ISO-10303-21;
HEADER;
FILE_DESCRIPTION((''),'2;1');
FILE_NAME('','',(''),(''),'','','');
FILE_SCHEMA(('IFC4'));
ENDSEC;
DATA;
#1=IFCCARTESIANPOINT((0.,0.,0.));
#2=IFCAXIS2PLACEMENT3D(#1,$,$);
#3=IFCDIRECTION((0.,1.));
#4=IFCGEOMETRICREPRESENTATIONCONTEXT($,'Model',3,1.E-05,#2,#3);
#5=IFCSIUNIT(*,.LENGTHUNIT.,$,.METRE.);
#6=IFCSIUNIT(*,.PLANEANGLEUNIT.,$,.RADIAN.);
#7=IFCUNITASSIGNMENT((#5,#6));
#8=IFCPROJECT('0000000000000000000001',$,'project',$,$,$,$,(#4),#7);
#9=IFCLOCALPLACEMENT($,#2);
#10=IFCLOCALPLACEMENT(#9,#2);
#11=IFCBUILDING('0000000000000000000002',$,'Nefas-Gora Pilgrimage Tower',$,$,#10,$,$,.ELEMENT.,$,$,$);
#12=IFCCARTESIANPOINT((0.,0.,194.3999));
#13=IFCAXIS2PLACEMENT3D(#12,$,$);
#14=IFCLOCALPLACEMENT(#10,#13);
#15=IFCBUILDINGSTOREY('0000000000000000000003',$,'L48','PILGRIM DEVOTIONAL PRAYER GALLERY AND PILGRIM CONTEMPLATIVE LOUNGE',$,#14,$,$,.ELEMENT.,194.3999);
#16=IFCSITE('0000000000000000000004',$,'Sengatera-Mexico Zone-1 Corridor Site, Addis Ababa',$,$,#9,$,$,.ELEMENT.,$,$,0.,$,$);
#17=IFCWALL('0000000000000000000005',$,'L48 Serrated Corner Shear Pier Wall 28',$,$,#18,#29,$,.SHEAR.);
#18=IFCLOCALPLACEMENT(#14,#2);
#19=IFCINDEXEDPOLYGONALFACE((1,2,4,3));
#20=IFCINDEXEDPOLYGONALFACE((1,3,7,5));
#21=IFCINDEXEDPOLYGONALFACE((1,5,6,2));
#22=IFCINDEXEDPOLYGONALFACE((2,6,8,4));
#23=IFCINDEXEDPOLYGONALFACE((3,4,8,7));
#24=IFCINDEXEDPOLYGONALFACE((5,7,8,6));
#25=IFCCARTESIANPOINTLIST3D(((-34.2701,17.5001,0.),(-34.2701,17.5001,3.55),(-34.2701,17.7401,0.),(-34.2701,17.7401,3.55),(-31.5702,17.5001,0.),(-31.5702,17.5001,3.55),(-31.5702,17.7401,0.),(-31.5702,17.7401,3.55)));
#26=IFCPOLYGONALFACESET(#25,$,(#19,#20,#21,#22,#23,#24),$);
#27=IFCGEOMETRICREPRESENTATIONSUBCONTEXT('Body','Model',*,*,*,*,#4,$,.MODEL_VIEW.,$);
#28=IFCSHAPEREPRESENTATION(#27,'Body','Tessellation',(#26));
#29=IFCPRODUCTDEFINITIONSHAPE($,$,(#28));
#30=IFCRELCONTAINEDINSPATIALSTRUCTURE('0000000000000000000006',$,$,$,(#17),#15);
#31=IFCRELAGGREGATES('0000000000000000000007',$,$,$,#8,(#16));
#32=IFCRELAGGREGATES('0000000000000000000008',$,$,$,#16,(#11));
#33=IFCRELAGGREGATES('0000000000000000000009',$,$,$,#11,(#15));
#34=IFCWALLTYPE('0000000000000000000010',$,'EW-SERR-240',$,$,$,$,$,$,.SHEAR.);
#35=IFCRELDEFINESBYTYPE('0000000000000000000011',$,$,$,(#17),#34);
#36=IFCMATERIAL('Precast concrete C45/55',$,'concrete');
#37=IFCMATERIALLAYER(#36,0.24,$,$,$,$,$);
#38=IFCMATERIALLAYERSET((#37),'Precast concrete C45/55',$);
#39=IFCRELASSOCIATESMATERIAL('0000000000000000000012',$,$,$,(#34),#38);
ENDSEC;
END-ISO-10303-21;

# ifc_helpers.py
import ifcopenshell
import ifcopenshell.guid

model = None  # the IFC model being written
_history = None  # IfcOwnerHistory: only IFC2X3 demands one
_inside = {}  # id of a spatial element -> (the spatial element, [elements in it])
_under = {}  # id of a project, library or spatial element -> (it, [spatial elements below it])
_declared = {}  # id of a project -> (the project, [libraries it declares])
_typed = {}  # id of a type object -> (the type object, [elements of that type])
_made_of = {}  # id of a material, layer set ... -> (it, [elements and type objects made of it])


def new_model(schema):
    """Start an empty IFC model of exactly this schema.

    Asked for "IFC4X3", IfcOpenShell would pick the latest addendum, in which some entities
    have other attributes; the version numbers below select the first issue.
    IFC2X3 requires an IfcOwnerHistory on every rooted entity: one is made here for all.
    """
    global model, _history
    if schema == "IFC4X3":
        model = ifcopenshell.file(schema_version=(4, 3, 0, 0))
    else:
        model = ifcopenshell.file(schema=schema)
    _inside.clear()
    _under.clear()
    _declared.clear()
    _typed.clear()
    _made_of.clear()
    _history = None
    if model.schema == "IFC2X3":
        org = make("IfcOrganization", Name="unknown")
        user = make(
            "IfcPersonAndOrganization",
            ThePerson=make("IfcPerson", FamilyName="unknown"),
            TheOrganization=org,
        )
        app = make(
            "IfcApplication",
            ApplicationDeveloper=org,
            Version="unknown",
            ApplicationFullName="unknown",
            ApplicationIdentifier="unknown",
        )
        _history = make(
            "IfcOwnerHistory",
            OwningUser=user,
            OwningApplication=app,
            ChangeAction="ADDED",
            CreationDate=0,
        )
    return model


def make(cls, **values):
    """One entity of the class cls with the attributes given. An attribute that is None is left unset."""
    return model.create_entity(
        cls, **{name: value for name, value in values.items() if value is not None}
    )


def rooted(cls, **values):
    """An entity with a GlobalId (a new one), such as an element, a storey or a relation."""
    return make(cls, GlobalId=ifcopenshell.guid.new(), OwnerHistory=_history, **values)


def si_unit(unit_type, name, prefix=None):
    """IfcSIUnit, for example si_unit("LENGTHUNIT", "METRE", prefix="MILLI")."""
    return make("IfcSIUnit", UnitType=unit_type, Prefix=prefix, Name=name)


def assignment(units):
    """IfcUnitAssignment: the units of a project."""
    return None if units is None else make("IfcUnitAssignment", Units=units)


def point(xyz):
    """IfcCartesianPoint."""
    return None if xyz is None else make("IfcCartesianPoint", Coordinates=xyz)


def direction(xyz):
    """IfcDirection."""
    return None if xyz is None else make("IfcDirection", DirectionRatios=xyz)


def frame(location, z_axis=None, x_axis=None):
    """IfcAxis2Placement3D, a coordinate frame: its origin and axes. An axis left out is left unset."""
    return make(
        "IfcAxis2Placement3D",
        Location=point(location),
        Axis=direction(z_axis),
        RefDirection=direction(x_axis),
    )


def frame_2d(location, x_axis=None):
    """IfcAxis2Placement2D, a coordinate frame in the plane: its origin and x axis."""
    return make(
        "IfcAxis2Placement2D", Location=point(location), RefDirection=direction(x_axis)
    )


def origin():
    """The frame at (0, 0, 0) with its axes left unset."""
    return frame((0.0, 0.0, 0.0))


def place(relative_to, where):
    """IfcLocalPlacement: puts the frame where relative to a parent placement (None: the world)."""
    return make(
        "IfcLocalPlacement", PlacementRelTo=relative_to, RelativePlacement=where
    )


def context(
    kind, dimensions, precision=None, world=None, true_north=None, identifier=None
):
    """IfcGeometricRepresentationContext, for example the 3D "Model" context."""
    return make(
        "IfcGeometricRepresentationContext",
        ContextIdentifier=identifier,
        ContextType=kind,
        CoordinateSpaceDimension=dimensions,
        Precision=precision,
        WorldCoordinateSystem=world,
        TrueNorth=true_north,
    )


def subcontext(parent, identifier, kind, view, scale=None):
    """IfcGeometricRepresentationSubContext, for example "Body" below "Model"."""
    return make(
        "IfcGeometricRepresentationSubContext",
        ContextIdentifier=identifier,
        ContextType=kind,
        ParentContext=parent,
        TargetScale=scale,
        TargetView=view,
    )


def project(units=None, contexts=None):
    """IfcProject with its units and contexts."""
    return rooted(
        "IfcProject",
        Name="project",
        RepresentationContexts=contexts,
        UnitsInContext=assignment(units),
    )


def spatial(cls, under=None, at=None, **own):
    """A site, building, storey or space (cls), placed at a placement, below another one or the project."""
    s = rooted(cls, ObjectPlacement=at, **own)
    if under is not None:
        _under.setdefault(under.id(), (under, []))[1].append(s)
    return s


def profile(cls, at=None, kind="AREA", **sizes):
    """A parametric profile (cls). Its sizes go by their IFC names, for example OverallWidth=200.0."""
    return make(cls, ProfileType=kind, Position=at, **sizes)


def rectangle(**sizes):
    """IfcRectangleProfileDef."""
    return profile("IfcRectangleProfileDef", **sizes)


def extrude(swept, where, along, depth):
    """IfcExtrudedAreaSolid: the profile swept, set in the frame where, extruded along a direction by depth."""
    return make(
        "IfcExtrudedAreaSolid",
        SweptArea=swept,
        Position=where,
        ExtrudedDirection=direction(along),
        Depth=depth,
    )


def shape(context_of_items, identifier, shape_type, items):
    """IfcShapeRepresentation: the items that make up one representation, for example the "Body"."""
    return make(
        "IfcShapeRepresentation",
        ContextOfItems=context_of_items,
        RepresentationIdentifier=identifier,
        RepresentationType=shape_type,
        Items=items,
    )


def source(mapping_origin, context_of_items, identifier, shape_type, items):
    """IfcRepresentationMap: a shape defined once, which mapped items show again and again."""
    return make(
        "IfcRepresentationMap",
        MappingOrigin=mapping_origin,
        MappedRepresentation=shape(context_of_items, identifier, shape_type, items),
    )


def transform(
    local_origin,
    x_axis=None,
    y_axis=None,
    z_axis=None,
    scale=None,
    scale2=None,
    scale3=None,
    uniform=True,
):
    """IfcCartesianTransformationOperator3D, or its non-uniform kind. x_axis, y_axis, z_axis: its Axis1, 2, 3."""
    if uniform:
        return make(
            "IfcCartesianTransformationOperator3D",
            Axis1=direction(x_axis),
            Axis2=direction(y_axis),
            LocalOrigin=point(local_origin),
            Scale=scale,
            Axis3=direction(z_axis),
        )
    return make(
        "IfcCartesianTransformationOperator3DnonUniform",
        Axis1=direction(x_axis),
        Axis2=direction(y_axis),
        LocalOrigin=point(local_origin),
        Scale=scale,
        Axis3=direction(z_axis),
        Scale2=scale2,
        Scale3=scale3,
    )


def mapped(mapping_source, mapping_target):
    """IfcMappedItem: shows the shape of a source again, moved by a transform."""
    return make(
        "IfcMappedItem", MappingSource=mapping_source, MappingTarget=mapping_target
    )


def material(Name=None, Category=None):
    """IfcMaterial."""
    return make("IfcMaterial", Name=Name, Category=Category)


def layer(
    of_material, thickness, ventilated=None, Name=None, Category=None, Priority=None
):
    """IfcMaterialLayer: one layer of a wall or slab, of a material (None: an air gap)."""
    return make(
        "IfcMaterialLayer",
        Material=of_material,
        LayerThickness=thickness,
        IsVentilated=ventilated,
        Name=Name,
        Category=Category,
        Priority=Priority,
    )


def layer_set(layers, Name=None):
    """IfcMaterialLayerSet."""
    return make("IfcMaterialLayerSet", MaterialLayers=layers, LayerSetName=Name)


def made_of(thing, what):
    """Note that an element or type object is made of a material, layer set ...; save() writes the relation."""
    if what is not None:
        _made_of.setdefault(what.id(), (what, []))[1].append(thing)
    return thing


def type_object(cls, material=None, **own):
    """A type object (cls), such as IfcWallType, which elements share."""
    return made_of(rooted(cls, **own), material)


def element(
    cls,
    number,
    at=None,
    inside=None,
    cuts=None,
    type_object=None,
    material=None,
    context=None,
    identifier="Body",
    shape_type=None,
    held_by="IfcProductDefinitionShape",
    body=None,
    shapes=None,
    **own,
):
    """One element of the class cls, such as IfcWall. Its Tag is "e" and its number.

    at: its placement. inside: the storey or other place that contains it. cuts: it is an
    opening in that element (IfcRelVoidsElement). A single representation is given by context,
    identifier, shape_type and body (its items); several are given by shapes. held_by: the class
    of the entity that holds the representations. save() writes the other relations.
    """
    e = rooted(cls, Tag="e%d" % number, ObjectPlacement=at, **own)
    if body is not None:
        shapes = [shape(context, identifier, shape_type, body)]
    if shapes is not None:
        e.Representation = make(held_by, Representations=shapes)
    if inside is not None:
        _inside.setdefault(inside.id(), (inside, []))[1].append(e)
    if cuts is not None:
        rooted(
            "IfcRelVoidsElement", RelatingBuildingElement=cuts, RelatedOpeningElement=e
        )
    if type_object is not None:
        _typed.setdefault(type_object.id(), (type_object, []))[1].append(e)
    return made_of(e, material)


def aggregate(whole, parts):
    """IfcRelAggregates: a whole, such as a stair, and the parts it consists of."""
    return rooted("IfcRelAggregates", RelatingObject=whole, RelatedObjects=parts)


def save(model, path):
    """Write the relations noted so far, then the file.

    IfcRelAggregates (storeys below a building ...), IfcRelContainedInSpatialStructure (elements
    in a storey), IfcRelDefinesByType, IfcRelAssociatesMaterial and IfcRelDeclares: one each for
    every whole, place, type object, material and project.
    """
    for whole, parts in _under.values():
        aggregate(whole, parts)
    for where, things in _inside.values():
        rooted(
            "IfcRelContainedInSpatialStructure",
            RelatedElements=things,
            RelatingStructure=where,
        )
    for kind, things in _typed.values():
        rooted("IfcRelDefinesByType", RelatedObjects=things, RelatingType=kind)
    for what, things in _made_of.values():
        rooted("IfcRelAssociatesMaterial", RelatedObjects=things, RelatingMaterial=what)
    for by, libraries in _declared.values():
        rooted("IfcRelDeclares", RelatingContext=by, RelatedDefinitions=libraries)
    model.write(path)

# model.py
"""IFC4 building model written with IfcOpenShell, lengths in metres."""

from ifc_helpers import new_model, si_unit, direction, frame, frame_2d, origin, place, context, subcontext, project, spatial, rectangle, extrude, source, transform, mapped, material, layer, layer_set, type_object, element, save


model = new_model("IFC4")

# Units and contexts
model_context = context("Model", 3, precision=1e-05, world=origin(), true_north=direction((0.0, 1.0)))
body_context = subcontext(model_context, "Body", "Model", "MODEL_VIEW")
ifc_project = project(units=[si_unit("LENGTHUNIT", "METRE"), si_unit("PLANEANGLEUNIT", "RADIAN")], contexts=[model_context])

# Site, building, storey
site_placement = place(None, origin())
site = spatial("IfcSite", under=ifc_project, at=site_placement, Name="Sengatera-Mexico Zone-1 Corridor Site, Addis Ababa", CompositionType="ELEMENT", RefElevation=0.0)
building_placement = place(site_placement, origin())
building = spatial("IfcBuilding", under=site, at=building_placement, Name="Nefas-Gora Pilgrimage Tower", CompositionType="ELEMENT")
storey_placement = place(building_placement, frame((0.0, 0.0, 194.3999)))
storey = spatial("IfcBuildingStorey", under=building, at=storey_placement, Name="L48", Description="PILGRIM DEVOTIONAL PRAYER GALLERY AND PILGRIM CONTEMPLATIVE LOUNGE", CompositionType="ELEMENT", Elevation=194.3999)

# Shared definitions
ifc_material_1 = material(Name="Precast concrete C45/55", Category="concrete")
ifc_layer_1 = layer(ifc_material_1, 0.24)
ifc_layer_set_1 = layer_set([ifc_layer_1], Name="Precast concrete C45/55")
wall_type_1 = type_object("IfcWallType", Name="EW-SERR-240", PredefinedType="SHEAR", material=ifc_layer_set_1)
shared_shape_1 = source(origin(), body_context, "Body", "SweptSolid", [
    extrude(rectangle(XDim=2.7, YDim=0.24, at=frame_2d((1.3501, 0.0))), origin(), (0.0, 0.0, 1.0), 3.55),
])

# Wall
for number, where, z_axis, x_axis, name in (
    (1, (-31.5701, 17.6201, 0.0), (0.0, 0.0, 1.0), (-1.0, 0.0, 0.0), "L48 Serrated Corner Shear Pier Wall 28"),
):
    element("IfcWall", number, at=place(storey_placement, frame(where, z_axis=z_axis, x_axis=x_axis)), inside=storey, type_object=wall_type_1, Name=name, PredefinedType="SHEAR", context=body_context, shape_type="MappedRepresentation", body=[
        mapped(shared_shape_1, transform((0.0, 0.0, 0.0), x_axis=(1.0, 0.0, 0.0), y_axis=(0.0, 1.0, 0.0), z_axis=(0.0, 0.0, 1.0), scale=1.0)),
    ])

save(model, "model.ifc")
